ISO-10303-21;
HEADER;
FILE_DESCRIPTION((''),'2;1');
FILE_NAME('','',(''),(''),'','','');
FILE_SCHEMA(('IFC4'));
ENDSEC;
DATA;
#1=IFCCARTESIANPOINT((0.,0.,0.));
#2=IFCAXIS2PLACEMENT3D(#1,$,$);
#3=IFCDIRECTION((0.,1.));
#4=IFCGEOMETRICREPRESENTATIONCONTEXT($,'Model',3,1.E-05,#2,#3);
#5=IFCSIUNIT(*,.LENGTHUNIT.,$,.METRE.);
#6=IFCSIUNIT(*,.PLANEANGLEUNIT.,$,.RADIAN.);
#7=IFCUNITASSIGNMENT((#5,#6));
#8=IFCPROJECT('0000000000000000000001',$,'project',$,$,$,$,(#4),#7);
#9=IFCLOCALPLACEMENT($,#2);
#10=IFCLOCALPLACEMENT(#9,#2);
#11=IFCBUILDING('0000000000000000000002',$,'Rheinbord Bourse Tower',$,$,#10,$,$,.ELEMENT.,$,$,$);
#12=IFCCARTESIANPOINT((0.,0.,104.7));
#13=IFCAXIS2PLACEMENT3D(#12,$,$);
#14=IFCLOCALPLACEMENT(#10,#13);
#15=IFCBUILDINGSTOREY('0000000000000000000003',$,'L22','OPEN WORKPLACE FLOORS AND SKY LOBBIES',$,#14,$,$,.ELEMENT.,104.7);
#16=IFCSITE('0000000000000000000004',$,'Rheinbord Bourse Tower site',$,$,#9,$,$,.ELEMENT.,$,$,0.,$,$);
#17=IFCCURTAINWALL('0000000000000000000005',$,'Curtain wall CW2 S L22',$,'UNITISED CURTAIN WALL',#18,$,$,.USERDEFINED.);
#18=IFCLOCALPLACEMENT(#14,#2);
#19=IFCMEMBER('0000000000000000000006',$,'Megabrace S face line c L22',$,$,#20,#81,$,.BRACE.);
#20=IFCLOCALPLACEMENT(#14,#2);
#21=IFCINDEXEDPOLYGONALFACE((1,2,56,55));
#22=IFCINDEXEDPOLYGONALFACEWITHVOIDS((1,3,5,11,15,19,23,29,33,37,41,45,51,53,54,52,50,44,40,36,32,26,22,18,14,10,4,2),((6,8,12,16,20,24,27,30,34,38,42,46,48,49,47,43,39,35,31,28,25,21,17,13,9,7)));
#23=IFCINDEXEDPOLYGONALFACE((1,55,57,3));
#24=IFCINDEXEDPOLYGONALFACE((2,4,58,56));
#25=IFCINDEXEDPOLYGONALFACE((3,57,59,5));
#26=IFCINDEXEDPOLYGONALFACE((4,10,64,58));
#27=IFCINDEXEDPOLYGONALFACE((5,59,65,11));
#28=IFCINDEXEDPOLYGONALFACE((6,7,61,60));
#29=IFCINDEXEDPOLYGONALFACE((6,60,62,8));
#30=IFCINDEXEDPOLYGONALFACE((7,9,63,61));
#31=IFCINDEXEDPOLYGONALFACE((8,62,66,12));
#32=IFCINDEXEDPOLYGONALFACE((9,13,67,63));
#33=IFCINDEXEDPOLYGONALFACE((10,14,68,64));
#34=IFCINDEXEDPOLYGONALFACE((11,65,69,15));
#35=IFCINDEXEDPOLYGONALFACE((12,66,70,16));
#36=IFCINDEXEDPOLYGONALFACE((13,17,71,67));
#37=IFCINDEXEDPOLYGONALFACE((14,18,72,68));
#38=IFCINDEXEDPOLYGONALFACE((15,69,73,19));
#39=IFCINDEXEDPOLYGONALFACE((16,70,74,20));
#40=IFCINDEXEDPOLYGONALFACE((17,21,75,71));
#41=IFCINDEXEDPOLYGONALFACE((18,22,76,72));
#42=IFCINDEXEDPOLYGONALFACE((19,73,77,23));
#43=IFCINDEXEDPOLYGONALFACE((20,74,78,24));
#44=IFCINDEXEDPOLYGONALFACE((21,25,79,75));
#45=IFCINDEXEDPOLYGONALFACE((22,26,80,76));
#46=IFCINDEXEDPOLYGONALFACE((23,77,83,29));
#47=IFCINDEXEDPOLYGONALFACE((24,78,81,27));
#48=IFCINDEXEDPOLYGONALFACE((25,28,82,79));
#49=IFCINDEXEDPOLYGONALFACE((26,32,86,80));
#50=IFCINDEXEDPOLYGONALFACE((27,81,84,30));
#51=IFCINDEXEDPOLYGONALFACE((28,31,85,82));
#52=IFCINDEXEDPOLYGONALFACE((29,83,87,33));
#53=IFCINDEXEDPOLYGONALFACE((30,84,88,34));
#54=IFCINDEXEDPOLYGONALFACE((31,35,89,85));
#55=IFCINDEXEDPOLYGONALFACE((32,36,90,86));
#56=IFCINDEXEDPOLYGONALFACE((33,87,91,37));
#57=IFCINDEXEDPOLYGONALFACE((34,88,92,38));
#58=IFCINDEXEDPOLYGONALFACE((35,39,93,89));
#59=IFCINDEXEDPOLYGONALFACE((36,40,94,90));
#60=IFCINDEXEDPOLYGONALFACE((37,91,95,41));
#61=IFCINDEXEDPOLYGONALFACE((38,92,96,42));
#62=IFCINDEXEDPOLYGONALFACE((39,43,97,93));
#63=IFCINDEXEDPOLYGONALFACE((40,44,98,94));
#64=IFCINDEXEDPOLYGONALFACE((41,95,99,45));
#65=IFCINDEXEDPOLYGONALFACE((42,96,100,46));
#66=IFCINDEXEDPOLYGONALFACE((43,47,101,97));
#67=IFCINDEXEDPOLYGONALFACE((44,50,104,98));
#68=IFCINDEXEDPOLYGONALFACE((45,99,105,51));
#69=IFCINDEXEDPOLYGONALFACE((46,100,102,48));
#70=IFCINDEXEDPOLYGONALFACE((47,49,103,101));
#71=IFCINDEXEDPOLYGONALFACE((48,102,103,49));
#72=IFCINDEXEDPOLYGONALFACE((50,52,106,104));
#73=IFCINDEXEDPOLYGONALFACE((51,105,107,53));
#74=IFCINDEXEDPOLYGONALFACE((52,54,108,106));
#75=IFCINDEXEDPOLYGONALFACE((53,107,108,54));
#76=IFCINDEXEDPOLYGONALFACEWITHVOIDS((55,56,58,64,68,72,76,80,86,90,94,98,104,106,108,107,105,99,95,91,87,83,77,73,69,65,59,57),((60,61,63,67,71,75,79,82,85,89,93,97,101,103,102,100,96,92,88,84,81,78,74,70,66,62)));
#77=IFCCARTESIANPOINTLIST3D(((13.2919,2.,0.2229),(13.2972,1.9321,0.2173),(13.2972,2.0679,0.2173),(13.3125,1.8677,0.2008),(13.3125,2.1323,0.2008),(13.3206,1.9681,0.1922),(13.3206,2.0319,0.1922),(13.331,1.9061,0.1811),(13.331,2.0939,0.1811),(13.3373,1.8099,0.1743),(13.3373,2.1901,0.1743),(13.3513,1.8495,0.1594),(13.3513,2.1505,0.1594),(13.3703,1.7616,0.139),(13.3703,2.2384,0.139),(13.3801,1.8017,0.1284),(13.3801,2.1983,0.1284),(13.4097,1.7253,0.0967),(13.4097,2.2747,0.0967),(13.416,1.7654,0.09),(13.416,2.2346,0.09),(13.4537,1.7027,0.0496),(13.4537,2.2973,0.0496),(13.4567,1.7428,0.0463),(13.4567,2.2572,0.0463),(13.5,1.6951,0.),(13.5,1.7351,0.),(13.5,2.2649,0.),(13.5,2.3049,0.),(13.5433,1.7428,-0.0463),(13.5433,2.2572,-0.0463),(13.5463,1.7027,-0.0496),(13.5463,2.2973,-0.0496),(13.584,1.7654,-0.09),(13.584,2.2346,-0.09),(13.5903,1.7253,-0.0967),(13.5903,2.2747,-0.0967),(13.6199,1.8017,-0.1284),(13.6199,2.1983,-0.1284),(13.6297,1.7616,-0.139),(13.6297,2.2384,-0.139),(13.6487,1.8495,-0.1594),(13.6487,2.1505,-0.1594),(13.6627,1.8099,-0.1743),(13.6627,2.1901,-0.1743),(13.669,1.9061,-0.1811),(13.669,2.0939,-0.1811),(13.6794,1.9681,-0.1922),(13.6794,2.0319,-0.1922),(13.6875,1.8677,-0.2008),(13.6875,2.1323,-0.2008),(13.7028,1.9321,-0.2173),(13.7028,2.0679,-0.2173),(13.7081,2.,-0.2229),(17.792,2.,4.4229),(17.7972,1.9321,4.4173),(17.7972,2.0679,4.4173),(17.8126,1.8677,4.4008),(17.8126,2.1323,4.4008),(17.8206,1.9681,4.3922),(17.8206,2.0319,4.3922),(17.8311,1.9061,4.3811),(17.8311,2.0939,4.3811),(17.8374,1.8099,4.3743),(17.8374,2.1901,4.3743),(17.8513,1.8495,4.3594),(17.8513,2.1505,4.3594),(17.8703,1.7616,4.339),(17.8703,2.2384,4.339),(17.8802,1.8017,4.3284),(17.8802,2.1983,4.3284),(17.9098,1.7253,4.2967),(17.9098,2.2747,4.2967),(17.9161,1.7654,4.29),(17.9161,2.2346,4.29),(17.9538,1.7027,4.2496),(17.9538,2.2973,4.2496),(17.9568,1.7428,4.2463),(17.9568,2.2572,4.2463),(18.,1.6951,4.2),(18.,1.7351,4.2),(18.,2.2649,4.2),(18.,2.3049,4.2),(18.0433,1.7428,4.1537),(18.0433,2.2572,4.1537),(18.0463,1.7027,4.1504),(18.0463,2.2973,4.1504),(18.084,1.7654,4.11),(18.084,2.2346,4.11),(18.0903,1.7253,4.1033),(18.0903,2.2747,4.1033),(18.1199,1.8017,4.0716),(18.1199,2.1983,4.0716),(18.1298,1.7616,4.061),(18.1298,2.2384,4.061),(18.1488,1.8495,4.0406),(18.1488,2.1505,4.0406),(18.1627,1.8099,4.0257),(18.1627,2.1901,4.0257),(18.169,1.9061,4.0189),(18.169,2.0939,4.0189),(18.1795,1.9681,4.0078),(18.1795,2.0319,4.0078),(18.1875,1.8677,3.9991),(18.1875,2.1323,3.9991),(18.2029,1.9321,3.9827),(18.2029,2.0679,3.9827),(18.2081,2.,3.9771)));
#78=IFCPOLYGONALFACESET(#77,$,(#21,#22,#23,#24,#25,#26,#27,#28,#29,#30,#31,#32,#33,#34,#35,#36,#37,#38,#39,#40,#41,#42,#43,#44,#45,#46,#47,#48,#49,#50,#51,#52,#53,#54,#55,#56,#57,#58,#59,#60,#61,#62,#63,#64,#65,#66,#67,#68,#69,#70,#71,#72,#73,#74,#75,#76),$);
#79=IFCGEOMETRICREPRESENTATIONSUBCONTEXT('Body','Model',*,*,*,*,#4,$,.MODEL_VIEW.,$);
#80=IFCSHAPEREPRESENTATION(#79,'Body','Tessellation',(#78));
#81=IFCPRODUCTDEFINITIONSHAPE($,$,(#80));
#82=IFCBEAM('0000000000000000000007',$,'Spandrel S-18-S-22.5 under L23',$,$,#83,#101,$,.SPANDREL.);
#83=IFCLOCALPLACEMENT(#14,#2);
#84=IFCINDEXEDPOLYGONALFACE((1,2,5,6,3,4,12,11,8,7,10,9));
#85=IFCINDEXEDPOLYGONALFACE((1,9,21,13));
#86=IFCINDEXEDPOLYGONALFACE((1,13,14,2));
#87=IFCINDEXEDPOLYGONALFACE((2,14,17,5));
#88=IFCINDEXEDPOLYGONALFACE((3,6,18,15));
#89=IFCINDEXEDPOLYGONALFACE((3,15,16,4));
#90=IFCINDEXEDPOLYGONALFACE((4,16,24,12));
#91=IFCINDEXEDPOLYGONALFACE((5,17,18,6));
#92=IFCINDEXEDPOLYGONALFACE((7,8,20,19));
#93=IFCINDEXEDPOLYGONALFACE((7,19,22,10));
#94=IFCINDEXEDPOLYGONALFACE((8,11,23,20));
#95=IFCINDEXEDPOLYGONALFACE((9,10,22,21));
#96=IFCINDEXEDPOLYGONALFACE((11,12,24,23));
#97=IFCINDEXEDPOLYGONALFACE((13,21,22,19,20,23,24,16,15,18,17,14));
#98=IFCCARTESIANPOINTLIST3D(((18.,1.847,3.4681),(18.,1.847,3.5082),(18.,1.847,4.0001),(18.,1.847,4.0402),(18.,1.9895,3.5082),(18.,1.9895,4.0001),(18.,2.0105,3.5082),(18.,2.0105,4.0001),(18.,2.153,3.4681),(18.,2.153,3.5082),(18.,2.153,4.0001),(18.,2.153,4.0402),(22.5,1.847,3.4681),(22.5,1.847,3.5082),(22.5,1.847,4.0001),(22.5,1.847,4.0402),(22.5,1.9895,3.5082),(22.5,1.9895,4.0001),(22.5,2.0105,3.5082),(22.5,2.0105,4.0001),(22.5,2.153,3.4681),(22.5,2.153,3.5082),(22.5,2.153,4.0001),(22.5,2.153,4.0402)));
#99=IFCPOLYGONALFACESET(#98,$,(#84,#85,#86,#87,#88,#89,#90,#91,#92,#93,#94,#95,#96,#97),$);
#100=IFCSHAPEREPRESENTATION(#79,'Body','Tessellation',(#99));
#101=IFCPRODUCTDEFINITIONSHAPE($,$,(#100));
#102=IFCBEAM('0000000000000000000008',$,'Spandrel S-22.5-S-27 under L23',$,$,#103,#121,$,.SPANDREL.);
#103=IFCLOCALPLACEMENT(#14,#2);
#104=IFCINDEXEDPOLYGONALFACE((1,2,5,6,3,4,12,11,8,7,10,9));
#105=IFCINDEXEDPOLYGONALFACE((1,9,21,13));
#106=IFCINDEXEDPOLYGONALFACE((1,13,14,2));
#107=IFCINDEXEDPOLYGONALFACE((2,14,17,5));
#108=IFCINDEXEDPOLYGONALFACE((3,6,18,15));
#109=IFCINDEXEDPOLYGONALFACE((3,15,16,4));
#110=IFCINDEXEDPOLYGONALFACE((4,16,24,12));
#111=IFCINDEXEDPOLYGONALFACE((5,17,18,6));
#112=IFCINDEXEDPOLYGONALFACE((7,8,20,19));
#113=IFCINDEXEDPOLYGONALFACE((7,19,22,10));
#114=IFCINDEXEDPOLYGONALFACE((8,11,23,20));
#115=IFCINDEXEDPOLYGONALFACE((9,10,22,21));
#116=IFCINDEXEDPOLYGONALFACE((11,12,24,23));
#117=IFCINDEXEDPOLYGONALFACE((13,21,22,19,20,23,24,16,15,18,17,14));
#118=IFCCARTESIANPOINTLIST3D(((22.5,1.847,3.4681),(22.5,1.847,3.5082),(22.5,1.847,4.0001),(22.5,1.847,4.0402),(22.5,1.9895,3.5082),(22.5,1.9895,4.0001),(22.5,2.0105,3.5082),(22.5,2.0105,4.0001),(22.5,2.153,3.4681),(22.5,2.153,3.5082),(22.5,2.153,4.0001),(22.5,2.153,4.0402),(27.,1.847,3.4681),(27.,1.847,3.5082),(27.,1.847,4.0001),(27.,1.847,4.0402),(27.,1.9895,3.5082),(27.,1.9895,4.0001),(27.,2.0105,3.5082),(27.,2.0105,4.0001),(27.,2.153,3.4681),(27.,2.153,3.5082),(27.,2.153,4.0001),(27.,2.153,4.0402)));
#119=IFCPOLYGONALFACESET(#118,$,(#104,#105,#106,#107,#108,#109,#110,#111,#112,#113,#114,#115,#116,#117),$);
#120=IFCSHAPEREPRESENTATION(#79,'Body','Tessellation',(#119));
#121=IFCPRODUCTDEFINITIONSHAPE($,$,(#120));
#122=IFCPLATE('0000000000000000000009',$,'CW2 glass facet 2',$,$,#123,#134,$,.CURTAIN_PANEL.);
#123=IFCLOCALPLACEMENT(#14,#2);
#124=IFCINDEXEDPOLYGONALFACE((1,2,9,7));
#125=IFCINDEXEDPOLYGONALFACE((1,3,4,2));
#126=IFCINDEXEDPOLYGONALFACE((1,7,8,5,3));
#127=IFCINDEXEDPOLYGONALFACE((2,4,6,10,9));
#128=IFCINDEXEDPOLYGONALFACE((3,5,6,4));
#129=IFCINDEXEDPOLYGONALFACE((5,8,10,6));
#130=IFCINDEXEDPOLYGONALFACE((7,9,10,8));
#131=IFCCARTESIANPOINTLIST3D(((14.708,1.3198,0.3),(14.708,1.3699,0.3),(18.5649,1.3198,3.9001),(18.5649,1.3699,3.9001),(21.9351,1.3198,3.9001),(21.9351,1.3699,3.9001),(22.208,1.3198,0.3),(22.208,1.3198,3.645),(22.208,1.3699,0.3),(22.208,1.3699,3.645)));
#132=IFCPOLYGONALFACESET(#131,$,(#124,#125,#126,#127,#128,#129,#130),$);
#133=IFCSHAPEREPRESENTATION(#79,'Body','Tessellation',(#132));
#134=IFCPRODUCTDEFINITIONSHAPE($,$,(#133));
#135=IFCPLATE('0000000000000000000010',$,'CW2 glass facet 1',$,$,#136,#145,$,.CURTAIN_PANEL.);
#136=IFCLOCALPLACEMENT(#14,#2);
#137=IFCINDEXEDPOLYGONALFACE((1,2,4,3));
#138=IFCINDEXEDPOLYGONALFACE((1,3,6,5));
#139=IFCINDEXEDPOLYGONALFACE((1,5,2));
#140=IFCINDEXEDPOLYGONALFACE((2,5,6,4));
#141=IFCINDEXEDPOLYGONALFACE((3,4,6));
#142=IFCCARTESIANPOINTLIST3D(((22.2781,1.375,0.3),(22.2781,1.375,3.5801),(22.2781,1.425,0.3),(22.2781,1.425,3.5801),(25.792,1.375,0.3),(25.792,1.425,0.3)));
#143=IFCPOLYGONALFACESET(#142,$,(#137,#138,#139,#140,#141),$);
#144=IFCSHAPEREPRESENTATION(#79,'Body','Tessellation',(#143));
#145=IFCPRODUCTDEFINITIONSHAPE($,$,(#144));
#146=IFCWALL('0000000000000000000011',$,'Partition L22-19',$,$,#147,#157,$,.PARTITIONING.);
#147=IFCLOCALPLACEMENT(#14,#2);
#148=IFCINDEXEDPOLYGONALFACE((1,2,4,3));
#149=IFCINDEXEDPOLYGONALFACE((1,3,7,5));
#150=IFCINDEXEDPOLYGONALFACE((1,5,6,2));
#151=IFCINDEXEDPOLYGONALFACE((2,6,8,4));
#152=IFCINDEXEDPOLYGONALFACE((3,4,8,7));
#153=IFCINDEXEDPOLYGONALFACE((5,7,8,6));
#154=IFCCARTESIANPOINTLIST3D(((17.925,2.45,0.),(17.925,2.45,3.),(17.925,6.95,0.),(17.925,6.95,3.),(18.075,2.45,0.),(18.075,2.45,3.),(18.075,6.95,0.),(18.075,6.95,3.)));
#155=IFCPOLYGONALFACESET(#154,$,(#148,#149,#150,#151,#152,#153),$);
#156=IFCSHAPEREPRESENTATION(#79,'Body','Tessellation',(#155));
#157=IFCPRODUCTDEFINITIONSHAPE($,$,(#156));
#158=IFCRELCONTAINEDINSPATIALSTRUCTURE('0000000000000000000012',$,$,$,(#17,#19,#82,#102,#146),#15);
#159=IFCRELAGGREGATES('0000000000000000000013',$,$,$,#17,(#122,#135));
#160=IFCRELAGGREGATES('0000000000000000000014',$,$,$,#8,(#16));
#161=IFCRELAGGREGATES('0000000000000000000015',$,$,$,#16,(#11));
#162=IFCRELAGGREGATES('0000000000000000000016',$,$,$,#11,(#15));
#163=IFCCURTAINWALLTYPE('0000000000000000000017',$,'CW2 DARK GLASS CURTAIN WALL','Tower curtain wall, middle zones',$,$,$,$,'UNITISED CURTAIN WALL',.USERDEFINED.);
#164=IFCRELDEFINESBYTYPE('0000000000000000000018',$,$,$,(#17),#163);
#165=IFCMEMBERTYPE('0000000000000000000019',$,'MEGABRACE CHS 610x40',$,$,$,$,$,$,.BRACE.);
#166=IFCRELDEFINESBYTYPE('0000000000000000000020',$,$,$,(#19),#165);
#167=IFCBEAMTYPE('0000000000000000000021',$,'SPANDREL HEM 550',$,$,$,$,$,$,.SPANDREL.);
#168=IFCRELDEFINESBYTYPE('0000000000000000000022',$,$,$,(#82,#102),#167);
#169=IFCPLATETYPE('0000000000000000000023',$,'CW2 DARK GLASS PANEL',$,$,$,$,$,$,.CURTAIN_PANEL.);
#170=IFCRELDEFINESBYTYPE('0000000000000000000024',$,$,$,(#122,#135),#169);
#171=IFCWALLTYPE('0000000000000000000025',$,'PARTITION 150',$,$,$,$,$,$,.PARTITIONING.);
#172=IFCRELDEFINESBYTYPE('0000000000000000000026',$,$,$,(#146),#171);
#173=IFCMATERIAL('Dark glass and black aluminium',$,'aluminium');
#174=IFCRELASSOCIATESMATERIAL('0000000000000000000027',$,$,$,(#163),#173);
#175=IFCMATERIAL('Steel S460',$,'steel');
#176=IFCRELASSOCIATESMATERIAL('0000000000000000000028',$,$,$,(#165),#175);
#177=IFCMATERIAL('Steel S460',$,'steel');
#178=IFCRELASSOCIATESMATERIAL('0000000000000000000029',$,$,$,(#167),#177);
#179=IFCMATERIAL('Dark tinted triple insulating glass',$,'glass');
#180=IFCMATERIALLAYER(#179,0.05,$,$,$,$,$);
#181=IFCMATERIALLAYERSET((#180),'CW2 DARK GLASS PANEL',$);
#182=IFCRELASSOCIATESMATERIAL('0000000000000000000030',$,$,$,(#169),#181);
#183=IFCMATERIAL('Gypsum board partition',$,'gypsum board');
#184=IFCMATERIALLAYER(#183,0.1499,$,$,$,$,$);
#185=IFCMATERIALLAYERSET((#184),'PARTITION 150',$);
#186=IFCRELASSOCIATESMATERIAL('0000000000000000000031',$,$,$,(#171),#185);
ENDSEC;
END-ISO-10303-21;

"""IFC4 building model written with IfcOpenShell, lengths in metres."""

from ifc_helpers import new_model, si_unit, direction, frame, frame_2d, origin, origin_2d, place, context, subcontext, project, spatial, polyline, rectangle, hollow_circle, i_section, outline, extrude, material, layer, layer_set, material_profile, profile_set, type_object, element, aggregate, save


model = new_model("IFC4")

# Units and contexts
model_context = context("Model", 3, precision=1e-05, world=origin(), true_north=direction((0.0, 1.0)))
body_context = subcontext(model_context, "Body", "Model", "MODEL_VIEW")
ifc_project = project(units=[si_unit("LENGTHUNIT", "METRE"), si_unit("PLANEANGLEUNIT", "RADIAN")], contexts=[model_context])

# Site, building, storey
site_placement = place(None, origin())
site = spatial("IfcSite", under=ifc_project, at=site_placement, Name="Rheinbord Bourse Tower site", CompositionType="ELEMENT", RefElevation=0.0)
building_placement = place(site_placement, origin())
building = spatial("IfcBuilding", under=site, at=building_placement, Name="Rheinbord Bourse Tower", CompositionType="ELEMENT")
storey_placement = place(building_placement, frame((0.0, 0.0, 104.7)))
storey = spatial("IfcBuildingStorey", under=building, at=storey_placement, Name="L22", Description="OPEN WORKPLACE FLOORS AND SKY LOBBIES", CompositionType="ELEMENT", Elevation=104.7)

# Curtain wall
ifc_material_1 = material(Name="Dark glass and black aluminium", Category="aluminium")
curtain_wall_type = type_object("IfcCurtainWallType", Name="CW2 DARK GLASS CURTAIN WALL", Description="Tower curtain wall, middle zones", ElementType="UNITISED CURTAIN WALL", PredefinedType="USERDEFINED", material=ifc_material_1)
curtain_wall_placement = place(storey_placement, origin())
curtain_wall = element("IfcCurtainWall", 1, at=curtain_wall_placement, inside=storey, type_object=curtain_wall_type, Name="Curtain wall CW2 S L22", ObjectType="UNITISED CURTAIN WALL", PredefinedType="USERDEFINED")

# Member
ifc_material_2 = material(Name="Steel S460", Category="steel")
ifc_material_profile_1 = material_profile(ifc_material_2, hollow_circle(Radius=0.3049, WallThickness=0.04, at=origin_2d()), Name="CHS 610x40")
ifc_profile_set_1 = profile_set([ifc_material_profile_1], Name="Steel S460")
member_type_1 = type_object("IfcMemberType", Name="MEGABRACE CHS 610x40", PredefinedType="BRACE", material=ifc_profile_set_1)
member_1_placement = place(storey_placement, frame((13.5, 2.0, 0.0), z_axis=(0.731059, 0.0, 0.682314), x_axis=(0.0, 1.0, 0.0)))
element("IfcMember", 2, at=member_1_placement, inside=storey, type_object=member_type_1, Name="Megabrace S face line c L22", PredefinedType="BRACE", context=body_context, shape_type="SweptSolid", body=[
    extrude(hollow_circle(Radius=0.3049, WallThickness=0.04, at=origin_2d()), origin(), (0.0, 0.0, 1.0), 6.1555),
])

# Beams
ifc_material_3 = material(Name="Steel S460", Category="steel")
ifc_material_profile_2 = material_profile(ifc_material_3, i_section(OverallWidth=0.3059, OverallDepth=0.572, WebThickness=0.021, FlangeThickness=0.04, at=origin_2d()), Name="HEM 550")
ifc_profile_set_2 = profile_set([ifc_material_profile_2], Name="Steel S460")
beam_type_1 = type_object("IfcBeamType", Name="SPANDREL HEM 550", PredefinedType="SPANDREL", material=ifc_profile_set_2)
for number, where, z_axis, x_axis, name in (
    (3, (18.0, 2.0, 3.7542), (1.0, 0.0, 0.0), (0.0, 1.0, 0.0), "Spandrel S-18-S-22.5 under L23"),
    (4, (22.5, 2.0, 3.7542), (1.0, 0.0, 0.0), (0.0, 1.0, 0.0), "Spandrel S-22.5-S-27 under L23"),
):
    element("IfcBeam", number, at=place(storey_placement, frame(where, z_axis=z_axis, x_axis=x_axis)), inside=storey, type_object=beam_type_1, Name=name, PredefinedType="SPANDREL", context=body_context, shape_type="SweptSolid", body=[
        extrude(i_section(OverallWidth=0.3059, OverallDepth=0.572, WebThickness=0.021, FlangeThickness=0.04, at=origin_2d()), origin(), (0.0, 0.0, 1.0), 4.5),
    ])

# Plates
ifc_material_4 = material(Name="Dark tinted triple insulating glass", Category="glass")
ifc_layer_1 = layer(ifc_material_4, 0.05)
ifc_layer_set_1 = layer_set([ifc_layer_1], Name="CW2 DARK GLASS PANEL")
plate_type = type_object("IfcPlateType", Name="CW2 DARK GLASS PANEL", PredefinedType="CURTAIN_PANEL", material=ifc_layer_set_1)
plate_1_placement = place(storey_placement, frame((22.208, 1.3198, 0.3), z_axis=(0.0, 1.0, 0.0), x_axis=(-1.0, 0.0, 0.0)))
plate_1 = element("IfcPlate", 5, at=plate_1_placement, type_object=plate_type, Name="CW2 glass facet 2", PredefinedType="CURTAIN_PANEL", context=body_context, shape_type="SweptSolid", body=[
    extrude(outline(polyline([(0.0, 0.0), (7.5, 0.0), (3.6431, 3.6001), (0.2729, 3.6001), (0.0, 3.345), (0.0, 0.0)])), origin(), (0.0, 0.0, 1.0), 0.05),
])
plate_2_placement = place(storey_placement, frame((22.2781, 1.375, 0.3), z_axis=(0.0, 1.0, 0.0), x_axis=(0.0, 0.0, 1.0)))
plate_2 = element("IfcPlate", 6, at=plate_2_placement, type_object=plate_type, Name="CW2 glass facet 1", PredefinedType="CURTAIN_PANEL", context=body_context, shape_type="SweptSolid", body=[
    extrude(outline(polyline([(0.0, 0.0), (3.28, 0.0), (0.0, 3.5139), (0.0, 0.0)])), origin(), (0.0, 0.0, 1.0), 0.05),
])
aggregate(curtain_wall, [plate_1, plate_2])

# Wall
ifc_material_5 = material(Name="Gypsum board partition", Category="gypsum board")
ifc_layer_2 = layer(ifc_material_5, 0.1499)
ifc_layer_set_2 = layer_set([ifc_layer_2], Name="PARTITION 150")
wall_type = type_object("IfcWallType", Name="PARTITION 150", PredefinedType="PARTITIONING", material=ifc_layer_set_2)
wall_placement = place(storey_placement, frame((18.0, 2.45, 0.0), z_axis=(0.0, 0.0, 1.0), x_axis=(0.0, 1.0, 0.0)))
element("IfcWall", 7, at=wall_placement, inside=storey, type_object=wall_type, Name="Partition L22-19", PredefinedType="PARTITIONING", context=body_context, shape_type="SweptSolid", body=[
    extrude(rectangle(XDim=4.5, YDim=0.1499, at=frame_2d((2.25, 0.0))), origin(), (0.0, 0.0, 1.0), 3.0),
])

save(model, "model.ifc")
